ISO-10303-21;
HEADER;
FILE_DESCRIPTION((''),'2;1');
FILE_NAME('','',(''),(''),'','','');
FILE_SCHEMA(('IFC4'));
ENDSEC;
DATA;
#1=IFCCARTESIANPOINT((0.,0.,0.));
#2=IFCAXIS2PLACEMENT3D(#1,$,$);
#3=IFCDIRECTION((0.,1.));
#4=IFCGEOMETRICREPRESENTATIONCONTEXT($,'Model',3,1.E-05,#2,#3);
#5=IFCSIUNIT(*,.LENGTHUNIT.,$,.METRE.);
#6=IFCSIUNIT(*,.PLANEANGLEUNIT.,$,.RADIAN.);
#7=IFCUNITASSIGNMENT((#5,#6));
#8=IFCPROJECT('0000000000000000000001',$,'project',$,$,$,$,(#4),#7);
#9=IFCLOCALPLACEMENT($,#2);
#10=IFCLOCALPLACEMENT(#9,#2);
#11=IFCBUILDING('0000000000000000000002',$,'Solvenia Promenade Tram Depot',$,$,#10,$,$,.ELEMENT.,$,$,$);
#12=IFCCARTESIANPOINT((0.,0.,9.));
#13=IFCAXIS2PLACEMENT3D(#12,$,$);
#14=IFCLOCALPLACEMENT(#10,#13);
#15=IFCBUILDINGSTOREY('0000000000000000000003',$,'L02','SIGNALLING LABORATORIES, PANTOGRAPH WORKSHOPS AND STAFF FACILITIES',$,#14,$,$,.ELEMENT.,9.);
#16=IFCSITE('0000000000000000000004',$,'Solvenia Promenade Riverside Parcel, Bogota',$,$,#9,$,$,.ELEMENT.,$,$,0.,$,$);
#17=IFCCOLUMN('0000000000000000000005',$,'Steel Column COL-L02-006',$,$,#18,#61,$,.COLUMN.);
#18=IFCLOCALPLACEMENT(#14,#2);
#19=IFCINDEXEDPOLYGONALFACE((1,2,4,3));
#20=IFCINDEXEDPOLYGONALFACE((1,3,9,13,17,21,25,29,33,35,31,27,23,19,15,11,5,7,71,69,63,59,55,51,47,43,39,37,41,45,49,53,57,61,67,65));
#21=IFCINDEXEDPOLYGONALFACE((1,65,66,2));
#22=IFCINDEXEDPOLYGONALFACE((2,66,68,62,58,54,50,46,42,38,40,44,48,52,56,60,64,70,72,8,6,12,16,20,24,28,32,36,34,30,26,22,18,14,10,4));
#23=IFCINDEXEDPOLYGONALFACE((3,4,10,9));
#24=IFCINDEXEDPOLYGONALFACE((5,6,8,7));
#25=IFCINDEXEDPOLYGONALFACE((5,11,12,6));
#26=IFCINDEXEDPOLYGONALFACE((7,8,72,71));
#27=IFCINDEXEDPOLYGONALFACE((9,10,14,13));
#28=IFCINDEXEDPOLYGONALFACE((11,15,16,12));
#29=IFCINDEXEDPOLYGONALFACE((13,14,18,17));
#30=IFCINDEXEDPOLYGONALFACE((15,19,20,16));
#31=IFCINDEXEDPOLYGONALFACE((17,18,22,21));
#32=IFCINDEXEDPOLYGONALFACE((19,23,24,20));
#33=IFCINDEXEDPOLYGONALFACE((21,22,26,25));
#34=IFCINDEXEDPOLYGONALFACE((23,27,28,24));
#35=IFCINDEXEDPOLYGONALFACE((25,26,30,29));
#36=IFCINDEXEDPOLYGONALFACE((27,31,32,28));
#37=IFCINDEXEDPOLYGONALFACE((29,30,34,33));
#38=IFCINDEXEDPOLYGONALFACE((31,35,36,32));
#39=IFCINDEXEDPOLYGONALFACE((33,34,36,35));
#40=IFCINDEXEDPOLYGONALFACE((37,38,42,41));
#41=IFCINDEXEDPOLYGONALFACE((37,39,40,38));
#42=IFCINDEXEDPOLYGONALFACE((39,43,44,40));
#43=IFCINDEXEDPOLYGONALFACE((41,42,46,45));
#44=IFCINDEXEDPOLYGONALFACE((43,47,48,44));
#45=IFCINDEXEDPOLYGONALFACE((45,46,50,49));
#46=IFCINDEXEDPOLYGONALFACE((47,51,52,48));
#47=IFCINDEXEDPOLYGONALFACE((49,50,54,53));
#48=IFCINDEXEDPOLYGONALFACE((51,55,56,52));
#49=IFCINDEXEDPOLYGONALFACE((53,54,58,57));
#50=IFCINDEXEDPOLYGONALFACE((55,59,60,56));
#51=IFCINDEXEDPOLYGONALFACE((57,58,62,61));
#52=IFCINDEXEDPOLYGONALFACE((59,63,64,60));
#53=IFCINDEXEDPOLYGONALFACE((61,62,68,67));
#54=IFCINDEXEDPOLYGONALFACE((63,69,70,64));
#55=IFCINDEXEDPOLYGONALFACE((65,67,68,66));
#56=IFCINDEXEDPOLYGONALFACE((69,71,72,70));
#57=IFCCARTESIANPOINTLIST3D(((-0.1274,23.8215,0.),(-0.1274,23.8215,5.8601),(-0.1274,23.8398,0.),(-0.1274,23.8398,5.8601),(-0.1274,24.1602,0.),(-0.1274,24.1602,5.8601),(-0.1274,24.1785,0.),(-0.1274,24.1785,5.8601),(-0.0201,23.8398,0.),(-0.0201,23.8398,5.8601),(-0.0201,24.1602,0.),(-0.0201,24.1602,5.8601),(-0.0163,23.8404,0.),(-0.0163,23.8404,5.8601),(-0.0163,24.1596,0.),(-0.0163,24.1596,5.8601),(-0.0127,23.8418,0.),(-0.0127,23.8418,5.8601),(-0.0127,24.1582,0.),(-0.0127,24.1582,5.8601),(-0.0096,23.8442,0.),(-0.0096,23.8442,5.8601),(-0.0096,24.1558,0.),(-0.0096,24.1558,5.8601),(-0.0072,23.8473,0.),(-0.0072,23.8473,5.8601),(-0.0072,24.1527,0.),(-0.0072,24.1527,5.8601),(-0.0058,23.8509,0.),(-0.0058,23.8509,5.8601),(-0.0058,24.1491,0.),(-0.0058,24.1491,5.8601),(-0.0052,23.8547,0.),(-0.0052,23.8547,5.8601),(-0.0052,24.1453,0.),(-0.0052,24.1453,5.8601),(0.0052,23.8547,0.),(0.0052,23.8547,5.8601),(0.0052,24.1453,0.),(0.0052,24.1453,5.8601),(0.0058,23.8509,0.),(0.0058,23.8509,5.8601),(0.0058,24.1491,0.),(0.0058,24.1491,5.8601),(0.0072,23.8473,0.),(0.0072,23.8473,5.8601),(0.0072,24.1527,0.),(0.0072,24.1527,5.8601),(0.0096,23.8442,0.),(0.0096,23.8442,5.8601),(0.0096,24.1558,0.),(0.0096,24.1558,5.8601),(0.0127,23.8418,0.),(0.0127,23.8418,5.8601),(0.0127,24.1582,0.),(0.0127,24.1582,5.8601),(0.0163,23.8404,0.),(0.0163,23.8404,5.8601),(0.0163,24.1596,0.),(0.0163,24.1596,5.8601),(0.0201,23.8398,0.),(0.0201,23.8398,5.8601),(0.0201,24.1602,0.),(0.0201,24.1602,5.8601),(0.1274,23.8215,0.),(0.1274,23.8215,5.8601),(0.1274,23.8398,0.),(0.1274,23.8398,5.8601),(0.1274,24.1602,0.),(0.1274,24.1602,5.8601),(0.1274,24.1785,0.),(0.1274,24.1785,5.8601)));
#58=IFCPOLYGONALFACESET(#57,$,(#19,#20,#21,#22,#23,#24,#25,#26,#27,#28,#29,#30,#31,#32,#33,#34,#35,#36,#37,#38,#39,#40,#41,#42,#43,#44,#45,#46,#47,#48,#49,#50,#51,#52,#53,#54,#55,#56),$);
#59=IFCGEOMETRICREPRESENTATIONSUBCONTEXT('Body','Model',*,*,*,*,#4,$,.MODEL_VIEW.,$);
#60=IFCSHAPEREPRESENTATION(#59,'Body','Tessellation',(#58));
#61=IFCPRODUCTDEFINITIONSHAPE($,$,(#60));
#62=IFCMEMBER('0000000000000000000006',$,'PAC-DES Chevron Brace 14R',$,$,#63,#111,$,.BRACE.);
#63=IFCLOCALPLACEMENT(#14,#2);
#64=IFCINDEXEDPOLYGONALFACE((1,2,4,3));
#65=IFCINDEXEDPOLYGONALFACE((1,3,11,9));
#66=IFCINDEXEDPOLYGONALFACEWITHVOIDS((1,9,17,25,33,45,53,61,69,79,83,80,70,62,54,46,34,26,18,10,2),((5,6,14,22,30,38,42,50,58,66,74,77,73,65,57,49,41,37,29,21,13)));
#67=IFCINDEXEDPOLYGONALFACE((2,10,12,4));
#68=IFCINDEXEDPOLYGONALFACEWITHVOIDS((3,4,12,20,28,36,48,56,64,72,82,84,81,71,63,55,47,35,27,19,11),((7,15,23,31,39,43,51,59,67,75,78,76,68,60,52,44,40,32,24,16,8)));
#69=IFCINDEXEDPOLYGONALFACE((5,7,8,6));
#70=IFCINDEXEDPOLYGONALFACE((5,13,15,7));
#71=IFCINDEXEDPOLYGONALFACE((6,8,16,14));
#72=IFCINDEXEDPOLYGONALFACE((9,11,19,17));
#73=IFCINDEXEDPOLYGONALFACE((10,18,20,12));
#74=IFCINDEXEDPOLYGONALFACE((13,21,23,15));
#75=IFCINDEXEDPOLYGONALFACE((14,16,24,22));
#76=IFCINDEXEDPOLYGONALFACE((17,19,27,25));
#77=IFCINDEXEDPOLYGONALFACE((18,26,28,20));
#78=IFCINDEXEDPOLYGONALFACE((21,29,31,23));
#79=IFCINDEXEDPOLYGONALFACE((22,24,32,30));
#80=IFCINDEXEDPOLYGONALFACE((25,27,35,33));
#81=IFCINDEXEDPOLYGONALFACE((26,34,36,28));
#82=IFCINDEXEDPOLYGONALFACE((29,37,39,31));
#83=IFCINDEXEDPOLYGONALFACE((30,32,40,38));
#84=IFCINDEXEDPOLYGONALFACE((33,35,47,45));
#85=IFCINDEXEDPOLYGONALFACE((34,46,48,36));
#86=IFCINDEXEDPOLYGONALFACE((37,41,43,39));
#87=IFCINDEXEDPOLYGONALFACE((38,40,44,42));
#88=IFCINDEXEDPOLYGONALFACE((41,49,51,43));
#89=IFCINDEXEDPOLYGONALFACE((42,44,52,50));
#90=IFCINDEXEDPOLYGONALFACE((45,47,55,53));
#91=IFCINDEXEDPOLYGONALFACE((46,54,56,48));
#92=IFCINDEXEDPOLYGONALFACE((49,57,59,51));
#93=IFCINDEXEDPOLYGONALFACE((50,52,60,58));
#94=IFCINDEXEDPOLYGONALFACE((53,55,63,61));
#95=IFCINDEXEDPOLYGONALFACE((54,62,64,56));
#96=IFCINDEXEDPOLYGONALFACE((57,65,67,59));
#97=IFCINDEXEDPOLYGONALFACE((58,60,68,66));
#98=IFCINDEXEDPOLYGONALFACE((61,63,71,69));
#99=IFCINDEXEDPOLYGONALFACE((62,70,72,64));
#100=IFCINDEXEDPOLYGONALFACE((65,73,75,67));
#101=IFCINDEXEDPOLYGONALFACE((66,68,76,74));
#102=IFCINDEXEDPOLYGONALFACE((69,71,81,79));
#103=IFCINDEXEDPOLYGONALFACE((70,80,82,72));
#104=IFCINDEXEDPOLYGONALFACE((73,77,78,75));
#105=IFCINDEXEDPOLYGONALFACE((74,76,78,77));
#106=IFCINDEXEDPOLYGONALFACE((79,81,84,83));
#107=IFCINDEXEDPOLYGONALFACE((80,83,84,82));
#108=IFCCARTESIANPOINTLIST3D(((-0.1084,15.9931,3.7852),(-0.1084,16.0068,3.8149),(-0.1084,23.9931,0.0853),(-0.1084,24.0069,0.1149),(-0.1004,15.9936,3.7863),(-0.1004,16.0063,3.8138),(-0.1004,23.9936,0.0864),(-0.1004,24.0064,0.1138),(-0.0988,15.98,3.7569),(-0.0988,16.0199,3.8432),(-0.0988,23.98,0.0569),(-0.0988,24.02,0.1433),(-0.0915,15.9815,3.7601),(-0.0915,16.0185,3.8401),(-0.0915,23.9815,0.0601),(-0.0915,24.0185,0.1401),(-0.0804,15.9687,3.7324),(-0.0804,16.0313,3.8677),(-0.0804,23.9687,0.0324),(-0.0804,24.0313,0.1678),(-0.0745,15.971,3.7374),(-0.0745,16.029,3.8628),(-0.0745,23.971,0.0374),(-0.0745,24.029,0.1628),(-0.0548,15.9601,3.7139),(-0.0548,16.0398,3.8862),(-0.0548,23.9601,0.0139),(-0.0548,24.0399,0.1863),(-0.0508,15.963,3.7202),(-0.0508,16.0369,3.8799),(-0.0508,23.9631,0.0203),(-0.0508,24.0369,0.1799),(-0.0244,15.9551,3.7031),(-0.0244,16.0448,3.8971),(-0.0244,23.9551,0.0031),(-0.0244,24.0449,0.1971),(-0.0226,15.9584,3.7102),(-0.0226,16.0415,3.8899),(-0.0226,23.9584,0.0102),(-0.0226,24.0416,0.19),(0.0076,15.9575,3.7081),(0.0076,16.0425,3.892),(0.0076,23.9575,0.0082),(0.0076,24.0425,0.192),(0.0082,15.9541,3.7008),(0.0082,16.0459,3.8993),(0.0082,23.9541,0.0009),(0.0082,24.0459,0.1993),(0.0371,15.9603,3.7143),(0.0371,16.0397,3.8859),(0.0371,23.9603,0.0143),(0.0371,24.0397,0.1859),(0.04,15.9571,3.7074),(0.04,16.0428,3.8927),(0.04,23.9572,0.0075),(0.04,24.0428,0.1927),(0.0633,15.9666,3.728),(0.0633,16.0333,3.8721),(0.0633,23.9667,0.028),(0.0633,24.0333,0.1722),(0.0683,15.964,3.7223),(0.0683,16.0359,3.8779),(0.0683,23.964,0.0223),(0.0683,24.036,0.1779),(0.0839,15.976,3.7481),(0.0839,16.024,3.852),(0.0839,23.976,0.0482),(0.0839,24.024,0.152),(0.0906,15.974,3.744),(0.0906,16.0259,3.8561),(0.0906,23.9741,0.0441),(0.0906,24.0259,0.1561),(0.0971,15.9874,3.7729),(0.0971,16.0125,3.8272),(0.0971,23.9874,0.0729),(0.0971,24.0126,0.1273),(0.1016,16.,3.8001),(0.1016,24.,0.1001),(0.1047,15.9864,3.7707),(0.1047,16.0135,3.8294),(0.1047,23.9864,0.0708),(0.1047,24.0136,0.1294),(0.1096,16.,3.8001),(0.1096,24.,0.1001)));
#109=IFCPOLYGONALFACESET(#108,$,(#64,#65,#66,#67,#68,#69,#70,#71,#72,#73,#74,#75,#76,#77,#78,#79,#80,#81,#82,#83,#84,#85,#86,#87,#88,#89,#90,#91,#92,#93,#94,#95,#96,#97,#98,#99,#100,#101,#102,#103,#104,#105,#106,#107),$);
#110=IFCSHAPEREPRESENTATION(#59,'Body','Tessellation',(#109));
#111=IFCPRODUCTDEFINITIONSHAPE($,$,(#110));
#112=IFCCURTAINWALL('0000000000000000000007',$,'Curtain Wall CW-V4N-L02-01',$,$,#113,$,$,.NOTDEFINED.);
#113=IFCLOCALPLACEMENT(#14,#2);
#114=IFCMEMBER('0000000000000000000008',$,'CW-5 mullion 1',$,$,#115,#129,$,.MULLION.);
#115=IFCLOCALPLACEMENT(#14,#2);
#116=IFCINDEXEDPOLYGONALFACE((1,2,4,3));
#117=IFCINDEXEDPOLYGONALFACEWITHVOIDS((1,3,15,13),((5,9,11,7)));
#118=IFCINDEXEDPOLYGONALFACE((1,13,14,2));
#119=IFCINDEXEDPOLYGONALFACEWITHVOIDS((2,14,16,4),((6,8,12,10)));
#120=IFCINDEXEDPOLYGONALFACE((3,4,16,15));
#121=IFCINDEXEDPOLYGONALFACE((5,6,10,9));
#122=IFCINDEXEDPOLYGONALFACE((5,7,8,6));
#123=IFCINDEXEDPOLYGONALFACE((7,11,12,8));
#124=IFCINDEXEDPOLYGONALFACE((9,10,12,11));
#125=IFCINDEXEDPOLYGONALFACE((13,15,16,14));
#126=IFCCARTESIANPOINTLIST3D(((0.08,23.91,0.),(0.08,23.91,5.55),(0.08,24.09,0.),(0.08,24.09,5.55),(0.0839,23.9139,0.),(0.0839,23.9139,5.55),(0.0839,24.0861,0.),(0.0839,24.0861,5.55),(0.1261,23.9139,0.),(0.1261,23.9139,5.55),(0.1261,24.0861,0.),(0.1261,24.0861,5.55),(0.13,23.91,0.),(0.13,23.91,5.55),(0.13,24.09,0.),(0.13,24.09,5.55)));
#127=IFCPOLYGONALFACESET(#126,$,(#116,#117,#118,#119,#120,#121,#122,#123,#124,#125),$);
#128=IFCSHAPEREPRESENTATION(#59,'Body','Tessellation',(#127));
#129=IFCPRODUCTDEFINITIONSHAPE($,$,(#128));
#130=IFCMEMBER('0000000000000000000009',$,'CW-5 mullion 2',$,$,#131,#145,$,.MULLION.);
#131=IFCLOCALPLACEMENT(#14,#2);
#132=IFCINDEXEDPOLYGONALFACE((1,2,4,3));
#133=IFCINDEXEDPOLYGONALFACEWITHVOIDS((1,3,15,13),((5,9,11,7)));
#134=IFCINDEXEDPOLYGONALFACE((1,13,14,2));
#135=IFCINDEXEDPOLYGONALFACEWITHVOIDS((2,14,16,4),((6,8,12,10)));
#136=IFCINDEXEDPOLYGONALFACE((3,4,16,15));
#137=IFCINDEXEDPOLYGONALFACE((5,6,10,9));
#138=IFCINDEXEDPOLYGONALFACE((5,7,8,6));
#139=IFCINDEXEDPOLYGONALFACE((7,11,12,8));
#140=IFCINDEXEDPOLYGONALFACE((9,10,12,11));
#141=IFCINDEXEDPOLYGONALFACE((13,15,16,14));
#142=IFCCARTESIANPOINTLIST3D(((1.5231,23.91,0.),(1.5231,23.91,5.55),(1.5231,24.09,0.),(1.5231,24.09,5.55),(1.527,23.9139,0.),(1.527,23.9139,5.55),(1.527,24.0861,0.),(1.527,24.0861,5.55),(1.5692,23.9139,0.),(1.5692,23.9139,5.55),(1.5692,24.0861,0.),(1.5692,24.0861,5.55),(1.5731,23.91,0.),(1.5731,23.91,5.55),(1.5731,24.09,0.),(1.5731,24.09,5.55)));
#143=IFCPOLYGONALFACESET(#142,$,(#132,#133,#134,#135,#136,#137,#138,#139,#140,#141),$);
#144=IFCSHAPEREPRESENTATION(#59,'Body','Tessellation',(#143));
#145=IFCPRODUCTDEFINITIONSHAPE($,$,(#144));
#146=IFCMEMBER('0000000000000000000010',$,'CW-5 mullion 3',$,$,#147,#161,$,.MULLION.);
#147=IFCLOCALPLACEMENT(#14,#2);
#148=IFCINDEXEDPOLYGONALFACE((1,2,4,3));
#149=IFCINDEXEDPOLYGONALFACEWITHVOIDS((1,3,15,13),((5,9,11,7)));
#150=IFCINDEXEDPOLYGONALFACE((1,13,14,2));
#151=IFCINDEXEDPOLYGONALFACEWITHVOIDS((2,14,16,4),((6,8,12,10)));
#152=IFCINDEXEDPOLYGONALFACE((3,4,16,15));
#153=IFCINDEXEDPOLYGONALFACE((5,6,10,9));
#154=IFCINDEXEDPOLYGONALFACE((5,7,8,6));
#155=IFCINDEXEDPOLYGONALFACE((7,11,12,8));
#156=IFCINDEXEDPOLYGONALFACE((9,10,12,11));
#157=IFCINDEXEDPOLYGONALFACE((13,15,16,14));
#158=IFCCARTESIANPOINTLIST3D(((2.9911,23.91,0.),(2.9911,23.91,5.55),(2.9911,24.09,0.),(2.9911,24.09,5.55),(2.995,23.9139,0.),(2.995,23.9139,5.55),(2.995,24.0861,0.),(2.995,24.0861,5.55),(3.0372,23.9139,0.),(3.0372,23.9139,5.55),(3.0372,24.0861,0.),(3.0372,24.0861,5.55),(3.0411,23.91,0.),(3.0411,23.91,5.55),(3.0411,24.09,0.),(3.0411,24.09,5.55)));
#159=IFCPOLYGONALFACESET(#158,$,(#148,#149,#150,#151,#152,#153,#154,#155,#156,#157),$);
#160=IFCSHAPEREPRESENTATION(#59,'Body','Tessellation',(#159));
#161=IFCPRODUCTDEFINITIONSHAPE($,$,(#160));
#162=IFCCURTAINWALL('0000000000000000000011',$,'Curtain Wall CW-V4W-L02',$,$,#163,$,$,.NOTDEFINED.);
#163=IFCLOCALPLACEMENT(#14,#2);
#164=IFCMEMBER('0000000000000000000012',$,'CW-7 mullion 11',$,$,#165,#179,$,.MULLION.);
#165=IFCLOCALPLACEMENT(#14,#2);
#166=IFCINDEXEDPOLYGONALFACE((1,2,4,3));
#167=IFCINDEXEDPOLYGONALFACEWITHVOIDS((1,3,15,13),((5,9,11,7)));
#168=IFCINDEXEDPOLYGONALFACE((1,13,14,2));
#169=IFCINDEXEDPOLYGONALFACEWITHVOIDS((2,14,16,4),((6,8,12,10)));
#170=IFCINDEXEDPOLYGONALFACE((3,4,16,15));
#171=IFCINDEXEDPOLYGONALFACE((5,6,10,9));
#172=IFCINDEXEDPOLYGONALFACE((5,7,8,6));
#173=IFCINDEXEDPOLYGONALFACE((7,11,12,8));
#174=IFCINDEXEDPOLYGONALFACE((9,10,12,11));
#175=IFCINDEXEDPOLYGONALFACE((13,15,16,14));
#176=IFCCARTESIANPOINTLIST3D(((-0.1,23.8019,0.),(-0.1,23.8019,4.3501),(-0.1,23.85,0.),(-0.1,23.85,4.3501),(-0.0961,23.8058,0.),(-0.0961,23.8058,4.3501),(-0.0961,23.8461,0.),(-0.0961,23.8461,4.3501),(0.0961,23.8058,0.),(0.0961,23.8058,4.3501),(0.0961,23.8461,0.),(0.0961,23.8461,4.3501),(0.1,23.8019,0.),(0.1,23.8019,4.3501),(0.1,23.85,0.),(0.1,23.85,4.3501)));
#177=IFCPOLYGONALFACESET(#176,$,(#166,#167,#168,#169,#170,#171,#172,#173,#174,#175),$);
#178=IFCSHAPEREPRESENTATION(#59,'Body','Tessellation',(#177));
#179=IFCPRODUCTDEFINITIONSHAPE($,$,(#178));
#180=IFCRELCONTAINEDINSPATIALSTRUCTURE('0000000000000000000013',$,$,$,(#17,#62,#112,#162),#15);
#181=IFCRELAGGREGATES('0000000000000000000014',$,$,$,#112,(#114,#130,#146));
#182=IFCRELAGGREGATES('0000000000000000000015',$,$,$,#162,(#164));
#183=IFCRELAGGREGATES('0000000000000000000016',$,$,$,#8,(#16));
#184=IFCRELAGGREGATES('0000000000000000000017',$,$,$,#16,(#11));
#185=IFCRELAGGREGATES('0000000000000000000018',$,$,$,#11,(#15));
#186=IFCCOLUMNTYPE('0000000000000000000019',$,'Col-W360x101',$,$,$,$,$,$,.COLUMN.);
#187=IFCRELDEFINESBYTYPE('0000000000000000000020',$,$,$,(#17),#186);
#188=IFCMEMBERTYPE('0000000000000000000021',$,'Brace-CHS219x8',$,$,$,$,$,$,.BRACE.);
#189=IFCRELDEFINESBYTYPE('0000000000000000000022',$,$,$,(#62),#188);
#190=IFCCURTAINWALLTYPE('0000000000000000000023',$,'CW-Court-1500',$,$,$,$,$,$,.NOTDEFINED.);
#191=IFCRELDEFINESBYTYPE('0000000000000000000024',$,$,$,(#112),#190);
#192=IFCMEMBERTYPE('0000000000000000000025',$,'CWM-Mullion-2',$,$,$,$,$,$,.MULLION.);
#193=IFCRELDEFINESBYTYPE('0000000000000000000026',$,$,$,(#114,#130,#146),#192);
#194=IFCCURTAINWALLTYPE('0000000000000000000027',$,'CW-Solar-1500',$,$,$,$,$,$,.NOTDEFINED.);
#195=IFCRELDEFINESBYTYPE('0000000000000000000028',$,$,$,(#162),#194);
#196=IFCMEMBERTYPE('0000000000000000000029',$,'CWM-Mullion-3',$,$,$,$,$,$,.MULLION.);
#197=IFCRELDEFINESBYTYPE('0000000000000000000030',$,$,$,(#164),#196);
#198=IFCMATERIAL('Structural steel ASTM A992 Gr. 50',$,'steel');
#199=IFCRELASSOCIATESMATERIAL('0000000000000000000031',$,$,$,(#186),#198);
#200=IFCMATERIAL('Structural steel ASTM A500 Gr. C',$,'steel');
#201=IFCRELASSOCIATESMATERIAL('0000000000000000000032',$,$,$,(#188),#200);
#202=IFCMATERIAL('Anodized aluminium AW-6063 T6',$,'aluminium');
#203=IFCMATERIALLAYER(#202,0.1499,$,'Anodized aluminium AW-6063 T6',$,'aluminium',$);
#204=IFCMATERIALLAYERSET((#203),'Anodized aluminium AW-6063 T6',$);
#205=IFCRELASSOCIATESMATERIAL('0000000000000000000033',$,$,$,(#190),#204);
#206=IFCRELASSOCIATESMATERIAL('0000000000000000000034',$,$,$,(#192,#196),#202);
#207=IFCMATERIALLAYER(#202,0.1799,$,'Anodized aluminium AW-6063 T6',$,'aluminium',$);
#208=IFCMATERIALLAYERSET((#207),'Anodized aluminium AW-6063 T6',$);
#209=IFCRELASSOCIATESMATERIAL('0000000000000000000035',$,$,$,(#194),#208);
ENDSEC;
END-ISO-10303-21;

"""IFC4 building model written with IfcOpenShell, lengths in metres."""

from ifc_helpers import new_model, si_unit, direction, frame, origin, origin_2d, place, context, subcontext, project, spatial, hollow_rectangle, hollow_circle, i_section, extrude, material, layer, layer_set, material_profile, profile_set, type_object, element, aggregate, save


model = new_model("IFC4")

# Units and contexts
model_context = context("Model", 3, precision=1e-05, world=origin(), true_north=direction((0.0, 1.0)))
body_context = subcontext(model_context, "Body", "Model", "MODEL_VIEW")
ifc_project = project(units=[si_unit("LENGTHUNIT", "METRE"), si_unit("PLANEANGLEUNIT", "RADIAN")], contexts=[model_context])

# Site, building, storey
site_placement = place(None, origin())
site = spatial("IfcSite", under=ifc_project, at=site_placement, Name="Solvenia Promenade Riverside Parcel, Bogota", CompositionType="ELEMENT", RefElevation=0.0)
building_placement = place(site_placement, origin())
building = spatial("IfcBuilding", under=site, at=building_placement, Name="Solvenia Promenade Tram Depot", CompositionType="ELEMENT")
storey_placement = place(building_placement, frame((0.0, 0.0, 9.0)))
storey = spatial("IfcBuildingStorey", under=building, at=storey_placement, Name="L02", Description="SIGNALLING LABORATORIES, PANTOGRAPH WORKSHOPS AND STAFF FACILITIES", CompositionType="ELEMENT", Elevation=9.0)

# Column
ifc_material_1 = material(Name="Structural steel ASTM A992 Gr. 50", Category="steel")
ifc_material_profile_1 = material_profile(ifc_material_1, i_section(OverallWidth=0.2549, OverallDepth=0.3569, WebThickness=0.0105, FlangeThickness=0.0183, FilletRadius=0.0149, at=origin_2d()), Name="W360x101", Category="steel")
ifc_profile_set_1 = profile_set([ifc_material_profile_1], Name="Structural steel ASTM A992 Gr. 50")
column_type = type_object("IfcColumnType", Name="Col-W360x101", PredefinedType="COLUMN", material=ifc_profile_set_1)
column_placement = place(storey_placement, frame((0.0, 24.0, 0.0), z_axis=(0.0, 0.0, 1.0), x_axis=(1.0, 0.0, 0.0)))
element("IfcColumn", 1, at=column_placement, inside=storey, type_object=column_type, Name="Steel Column COL-L02-006", PredefinedType="COLUMN", context=body_context, shape_type="SweptSolid", body=[
    extrude(i_section(OverallWidth=0.2549, OverallDepth=0.3569, WebThickness=0.0105, FlangeThickness=0.0183, FilletRadius=0.0149, at=origin_2d()), origin(), (0.0, 0.0, 1.0), 5.8601),
])

# Member
ifc_material_2 = material(Name="Structural steel ASTM A500 Gr. C", Category="steel")
ifc_material_profile_2 = material_profile(ifc_material_2, hollow_circle(Radius=0.1096, WallThickness=0.0081, at=origin_2d()), Name="CHS219.1x8", Category="steel")
ifc_profile_set_2 = profile_set([ifc_material_profile_2], Name="Structural steel ASTM A500 Gr. C")
member_type_1 = type_object("IfcMemberType", Name="Brace-CHS219x8", PredefinedType="BRACE", material=ifc_profile_set_2)
member_1_placement = place(storey_placement, frame((0.0, 24.0, 0.1001), z_axis=(0.0, -0.907629, 0.419773), x_axis=(1.0, 0.0, 0.0)))
element("IfcMember", 2, at=member_1_placement, inside=storey, type_object=member_type_1, Name="PAC-DES Chevron Brace 14R", PredefinedType="BRACE", context=body_context, shape_type="SweptSolid", body=[
    extrude(hollow_circle(Radius=0.1096, WallThickness=0.0081, at=origin_2d()), origin(), (0.0, 0.0, 1.0), 8.8142),
])

# Curtain wall, members
ifc_material_3 = material(Name="Anodized aluminium AW-6063 T6", Category="aluminium")
ifc_layer_1 = layer(ifc_material_3, 0.1499, Name="Anodized aluminium AW-6063 T6", Category="aluminium")
ifc_layer_set_1 = layer_set([ifc_layer_1], Name="Anodized aluminium AW-6063 T6")
curtain_wall_type_1 = type_object("IfcCurtainWallType", Name="CW-Court-1500", PredefinedType="NOTDEFINED", material=ifc_layer_set_1)
curtain_wall_1_placement = place(storey_placement, origin())
curtain_wall_1 = element("IfcCurtainWall", 3, at=curtain_wall_1_placement, inside=storey, type_object=curtain_wall_type_1, Name="Curtain Wall CW-V4N-L02-01", PredefinedType="NOTDEFINED")
ifc_material_profile_3 = material_profile(ifc_material_3, hollow_rectangle(XDim=0.1799, YDim=0.05, WallThickness=0.0039, at=origin_2d()), Name="ALU-M2", Category="aluminium")
ifc_profile_set_3 = profile_set([ifc_material_profile_3], Name="Anodized aluminium AW-6063 T6")
member_type_2 = type_object("IfcMemberType", Name="CWM-Mullion-2", PredefinedType="MULLION", material=ifc_profile_set_3)
member_2_placement = place(storey_placement, frame((0.105, 24.0, 0.0), z_axis=(0.0, 0.0, 1.0), x_axis=(0.0, 1.0, 0.0)))
member_2 = element("IfcMember", 4, at=member_2_placement, type_object=member_type_2, Name="CW-5 mullion 1", PredefinedType="MULLION", context=body_context, shape_type="SweptSolid", body=[
    extrude(hollow_rectangle(XDim=0.1799, YDim=0.05, WallThickness=0.0039, at=origin_2d()), origin(), (0.0, 0.0, 1.0), 5.55),
])
member_3_placement = place(storey_placement, frame((1.5481, 24.0, 0.0), z_axis=(0.0, 0.0, 1.0), x_axis=(0.0, 1.0, 0.0)))
member_3 = element("IfcMember", 5, at=member_3_placement, type_object=member_type_2, Name="CW-5 mullion 2", PredefinedType="MULLION", context=body_context, shape_type="SweptSolid", body=[
    extrude(hollow_rectangle(XDim=0.1799, YDim=0.05, WallThickness=0.0039, at=origin_2d()), origin(), (0.0, 0.0, 1.0), 5.55),
])
member_4_placement = place(storey_placement, frame((3.0161, 24.0, 0.0), z_axis=(0.0, 0.0, 1.0), x_axis=(0.0, 1.0, 0.0)))
member_4 = element("IfcMember", 6, at=member_4_placement, type_object=member_type_2, Name="CW-5 mullion 3", PredefinedType="MULLION", context=body_context, shape_type="SweptSolid", body=[
    extrude(hollow_rectangle(XDim=0.1799, YDim=0.05, WallThickness=0.0039, at=origin_2d()), origin(), (0.0, 0.0, 1.0), 5.55),
])

# Curtain wall, member
ifc_layer_2 = layer(ifc_material_3, 0.1799, Name="Anodized aluminium AW-6063 T6", Category="aluminium")
ifc_layer_set_2 = layer_set([ifc_layer_2], Name="Anodized aluminium AW-6063 T6")
curtain_wall_type_2 = type_object("IfcCurtainWallType", Name="CW-Solar-1500", PredefinedType="NOTDEFINED", material=ifc_layer_set_2)
curtain_wall_2_placement = place(storey_placement, origin())
curtain_wall_2 = element("IfcCurtainWall", 7, at=curtain_wall_2_placement, inside=storey, type_object=curtain_wall_type_2, Name="Curtain Wall CW-V4W-L02", PredefinedType="NOTDEFINED")
ifc_material_profile_4 = material_profile(ifc_material_3, hollow_rectangle(XDim=0.2, YDim=0.0481, WallThickness=0.0039, at=origin_2d()), Name="ALU-M3", Category="aluminium")
ifc_profile_set_4 = profile_set([ifc_material_profile_4], Name="Anodized aluminium AW-6063 T6")
member_type_3 = type_object("IfcMemberType", Name="CWM-Mullion-3", PredefinedType="MULLION", material=ifc_profile_set_4)
member_5_placement = place(storey_placement, frame((0.0, 23.8259, 0.0), z_axis=(0.0, 0.0, 1.0), x_axis=(-1.0, 0.0, 0.0)))
member_5 = element("IfcMember", 8, at=member_5_placement, type_object=member_type_3, Name="CW-7 mullion 11", PredefinedType="MULLION", context=body_context, shape_type="SweptSolid", body=[
    extrude(hollow_rectangle(XDim=0.2, YDim=0.0481, WallThickness=0.0039, at=origin_2d()), origin(), (0.0, 0.0, 1.0), 4.3501),
])

aggregate(curtain_wall_1, [member_2, member_3, member_4])
aggregate(curtain_wall_2, [member_5])

save(model, "model.ifc")
